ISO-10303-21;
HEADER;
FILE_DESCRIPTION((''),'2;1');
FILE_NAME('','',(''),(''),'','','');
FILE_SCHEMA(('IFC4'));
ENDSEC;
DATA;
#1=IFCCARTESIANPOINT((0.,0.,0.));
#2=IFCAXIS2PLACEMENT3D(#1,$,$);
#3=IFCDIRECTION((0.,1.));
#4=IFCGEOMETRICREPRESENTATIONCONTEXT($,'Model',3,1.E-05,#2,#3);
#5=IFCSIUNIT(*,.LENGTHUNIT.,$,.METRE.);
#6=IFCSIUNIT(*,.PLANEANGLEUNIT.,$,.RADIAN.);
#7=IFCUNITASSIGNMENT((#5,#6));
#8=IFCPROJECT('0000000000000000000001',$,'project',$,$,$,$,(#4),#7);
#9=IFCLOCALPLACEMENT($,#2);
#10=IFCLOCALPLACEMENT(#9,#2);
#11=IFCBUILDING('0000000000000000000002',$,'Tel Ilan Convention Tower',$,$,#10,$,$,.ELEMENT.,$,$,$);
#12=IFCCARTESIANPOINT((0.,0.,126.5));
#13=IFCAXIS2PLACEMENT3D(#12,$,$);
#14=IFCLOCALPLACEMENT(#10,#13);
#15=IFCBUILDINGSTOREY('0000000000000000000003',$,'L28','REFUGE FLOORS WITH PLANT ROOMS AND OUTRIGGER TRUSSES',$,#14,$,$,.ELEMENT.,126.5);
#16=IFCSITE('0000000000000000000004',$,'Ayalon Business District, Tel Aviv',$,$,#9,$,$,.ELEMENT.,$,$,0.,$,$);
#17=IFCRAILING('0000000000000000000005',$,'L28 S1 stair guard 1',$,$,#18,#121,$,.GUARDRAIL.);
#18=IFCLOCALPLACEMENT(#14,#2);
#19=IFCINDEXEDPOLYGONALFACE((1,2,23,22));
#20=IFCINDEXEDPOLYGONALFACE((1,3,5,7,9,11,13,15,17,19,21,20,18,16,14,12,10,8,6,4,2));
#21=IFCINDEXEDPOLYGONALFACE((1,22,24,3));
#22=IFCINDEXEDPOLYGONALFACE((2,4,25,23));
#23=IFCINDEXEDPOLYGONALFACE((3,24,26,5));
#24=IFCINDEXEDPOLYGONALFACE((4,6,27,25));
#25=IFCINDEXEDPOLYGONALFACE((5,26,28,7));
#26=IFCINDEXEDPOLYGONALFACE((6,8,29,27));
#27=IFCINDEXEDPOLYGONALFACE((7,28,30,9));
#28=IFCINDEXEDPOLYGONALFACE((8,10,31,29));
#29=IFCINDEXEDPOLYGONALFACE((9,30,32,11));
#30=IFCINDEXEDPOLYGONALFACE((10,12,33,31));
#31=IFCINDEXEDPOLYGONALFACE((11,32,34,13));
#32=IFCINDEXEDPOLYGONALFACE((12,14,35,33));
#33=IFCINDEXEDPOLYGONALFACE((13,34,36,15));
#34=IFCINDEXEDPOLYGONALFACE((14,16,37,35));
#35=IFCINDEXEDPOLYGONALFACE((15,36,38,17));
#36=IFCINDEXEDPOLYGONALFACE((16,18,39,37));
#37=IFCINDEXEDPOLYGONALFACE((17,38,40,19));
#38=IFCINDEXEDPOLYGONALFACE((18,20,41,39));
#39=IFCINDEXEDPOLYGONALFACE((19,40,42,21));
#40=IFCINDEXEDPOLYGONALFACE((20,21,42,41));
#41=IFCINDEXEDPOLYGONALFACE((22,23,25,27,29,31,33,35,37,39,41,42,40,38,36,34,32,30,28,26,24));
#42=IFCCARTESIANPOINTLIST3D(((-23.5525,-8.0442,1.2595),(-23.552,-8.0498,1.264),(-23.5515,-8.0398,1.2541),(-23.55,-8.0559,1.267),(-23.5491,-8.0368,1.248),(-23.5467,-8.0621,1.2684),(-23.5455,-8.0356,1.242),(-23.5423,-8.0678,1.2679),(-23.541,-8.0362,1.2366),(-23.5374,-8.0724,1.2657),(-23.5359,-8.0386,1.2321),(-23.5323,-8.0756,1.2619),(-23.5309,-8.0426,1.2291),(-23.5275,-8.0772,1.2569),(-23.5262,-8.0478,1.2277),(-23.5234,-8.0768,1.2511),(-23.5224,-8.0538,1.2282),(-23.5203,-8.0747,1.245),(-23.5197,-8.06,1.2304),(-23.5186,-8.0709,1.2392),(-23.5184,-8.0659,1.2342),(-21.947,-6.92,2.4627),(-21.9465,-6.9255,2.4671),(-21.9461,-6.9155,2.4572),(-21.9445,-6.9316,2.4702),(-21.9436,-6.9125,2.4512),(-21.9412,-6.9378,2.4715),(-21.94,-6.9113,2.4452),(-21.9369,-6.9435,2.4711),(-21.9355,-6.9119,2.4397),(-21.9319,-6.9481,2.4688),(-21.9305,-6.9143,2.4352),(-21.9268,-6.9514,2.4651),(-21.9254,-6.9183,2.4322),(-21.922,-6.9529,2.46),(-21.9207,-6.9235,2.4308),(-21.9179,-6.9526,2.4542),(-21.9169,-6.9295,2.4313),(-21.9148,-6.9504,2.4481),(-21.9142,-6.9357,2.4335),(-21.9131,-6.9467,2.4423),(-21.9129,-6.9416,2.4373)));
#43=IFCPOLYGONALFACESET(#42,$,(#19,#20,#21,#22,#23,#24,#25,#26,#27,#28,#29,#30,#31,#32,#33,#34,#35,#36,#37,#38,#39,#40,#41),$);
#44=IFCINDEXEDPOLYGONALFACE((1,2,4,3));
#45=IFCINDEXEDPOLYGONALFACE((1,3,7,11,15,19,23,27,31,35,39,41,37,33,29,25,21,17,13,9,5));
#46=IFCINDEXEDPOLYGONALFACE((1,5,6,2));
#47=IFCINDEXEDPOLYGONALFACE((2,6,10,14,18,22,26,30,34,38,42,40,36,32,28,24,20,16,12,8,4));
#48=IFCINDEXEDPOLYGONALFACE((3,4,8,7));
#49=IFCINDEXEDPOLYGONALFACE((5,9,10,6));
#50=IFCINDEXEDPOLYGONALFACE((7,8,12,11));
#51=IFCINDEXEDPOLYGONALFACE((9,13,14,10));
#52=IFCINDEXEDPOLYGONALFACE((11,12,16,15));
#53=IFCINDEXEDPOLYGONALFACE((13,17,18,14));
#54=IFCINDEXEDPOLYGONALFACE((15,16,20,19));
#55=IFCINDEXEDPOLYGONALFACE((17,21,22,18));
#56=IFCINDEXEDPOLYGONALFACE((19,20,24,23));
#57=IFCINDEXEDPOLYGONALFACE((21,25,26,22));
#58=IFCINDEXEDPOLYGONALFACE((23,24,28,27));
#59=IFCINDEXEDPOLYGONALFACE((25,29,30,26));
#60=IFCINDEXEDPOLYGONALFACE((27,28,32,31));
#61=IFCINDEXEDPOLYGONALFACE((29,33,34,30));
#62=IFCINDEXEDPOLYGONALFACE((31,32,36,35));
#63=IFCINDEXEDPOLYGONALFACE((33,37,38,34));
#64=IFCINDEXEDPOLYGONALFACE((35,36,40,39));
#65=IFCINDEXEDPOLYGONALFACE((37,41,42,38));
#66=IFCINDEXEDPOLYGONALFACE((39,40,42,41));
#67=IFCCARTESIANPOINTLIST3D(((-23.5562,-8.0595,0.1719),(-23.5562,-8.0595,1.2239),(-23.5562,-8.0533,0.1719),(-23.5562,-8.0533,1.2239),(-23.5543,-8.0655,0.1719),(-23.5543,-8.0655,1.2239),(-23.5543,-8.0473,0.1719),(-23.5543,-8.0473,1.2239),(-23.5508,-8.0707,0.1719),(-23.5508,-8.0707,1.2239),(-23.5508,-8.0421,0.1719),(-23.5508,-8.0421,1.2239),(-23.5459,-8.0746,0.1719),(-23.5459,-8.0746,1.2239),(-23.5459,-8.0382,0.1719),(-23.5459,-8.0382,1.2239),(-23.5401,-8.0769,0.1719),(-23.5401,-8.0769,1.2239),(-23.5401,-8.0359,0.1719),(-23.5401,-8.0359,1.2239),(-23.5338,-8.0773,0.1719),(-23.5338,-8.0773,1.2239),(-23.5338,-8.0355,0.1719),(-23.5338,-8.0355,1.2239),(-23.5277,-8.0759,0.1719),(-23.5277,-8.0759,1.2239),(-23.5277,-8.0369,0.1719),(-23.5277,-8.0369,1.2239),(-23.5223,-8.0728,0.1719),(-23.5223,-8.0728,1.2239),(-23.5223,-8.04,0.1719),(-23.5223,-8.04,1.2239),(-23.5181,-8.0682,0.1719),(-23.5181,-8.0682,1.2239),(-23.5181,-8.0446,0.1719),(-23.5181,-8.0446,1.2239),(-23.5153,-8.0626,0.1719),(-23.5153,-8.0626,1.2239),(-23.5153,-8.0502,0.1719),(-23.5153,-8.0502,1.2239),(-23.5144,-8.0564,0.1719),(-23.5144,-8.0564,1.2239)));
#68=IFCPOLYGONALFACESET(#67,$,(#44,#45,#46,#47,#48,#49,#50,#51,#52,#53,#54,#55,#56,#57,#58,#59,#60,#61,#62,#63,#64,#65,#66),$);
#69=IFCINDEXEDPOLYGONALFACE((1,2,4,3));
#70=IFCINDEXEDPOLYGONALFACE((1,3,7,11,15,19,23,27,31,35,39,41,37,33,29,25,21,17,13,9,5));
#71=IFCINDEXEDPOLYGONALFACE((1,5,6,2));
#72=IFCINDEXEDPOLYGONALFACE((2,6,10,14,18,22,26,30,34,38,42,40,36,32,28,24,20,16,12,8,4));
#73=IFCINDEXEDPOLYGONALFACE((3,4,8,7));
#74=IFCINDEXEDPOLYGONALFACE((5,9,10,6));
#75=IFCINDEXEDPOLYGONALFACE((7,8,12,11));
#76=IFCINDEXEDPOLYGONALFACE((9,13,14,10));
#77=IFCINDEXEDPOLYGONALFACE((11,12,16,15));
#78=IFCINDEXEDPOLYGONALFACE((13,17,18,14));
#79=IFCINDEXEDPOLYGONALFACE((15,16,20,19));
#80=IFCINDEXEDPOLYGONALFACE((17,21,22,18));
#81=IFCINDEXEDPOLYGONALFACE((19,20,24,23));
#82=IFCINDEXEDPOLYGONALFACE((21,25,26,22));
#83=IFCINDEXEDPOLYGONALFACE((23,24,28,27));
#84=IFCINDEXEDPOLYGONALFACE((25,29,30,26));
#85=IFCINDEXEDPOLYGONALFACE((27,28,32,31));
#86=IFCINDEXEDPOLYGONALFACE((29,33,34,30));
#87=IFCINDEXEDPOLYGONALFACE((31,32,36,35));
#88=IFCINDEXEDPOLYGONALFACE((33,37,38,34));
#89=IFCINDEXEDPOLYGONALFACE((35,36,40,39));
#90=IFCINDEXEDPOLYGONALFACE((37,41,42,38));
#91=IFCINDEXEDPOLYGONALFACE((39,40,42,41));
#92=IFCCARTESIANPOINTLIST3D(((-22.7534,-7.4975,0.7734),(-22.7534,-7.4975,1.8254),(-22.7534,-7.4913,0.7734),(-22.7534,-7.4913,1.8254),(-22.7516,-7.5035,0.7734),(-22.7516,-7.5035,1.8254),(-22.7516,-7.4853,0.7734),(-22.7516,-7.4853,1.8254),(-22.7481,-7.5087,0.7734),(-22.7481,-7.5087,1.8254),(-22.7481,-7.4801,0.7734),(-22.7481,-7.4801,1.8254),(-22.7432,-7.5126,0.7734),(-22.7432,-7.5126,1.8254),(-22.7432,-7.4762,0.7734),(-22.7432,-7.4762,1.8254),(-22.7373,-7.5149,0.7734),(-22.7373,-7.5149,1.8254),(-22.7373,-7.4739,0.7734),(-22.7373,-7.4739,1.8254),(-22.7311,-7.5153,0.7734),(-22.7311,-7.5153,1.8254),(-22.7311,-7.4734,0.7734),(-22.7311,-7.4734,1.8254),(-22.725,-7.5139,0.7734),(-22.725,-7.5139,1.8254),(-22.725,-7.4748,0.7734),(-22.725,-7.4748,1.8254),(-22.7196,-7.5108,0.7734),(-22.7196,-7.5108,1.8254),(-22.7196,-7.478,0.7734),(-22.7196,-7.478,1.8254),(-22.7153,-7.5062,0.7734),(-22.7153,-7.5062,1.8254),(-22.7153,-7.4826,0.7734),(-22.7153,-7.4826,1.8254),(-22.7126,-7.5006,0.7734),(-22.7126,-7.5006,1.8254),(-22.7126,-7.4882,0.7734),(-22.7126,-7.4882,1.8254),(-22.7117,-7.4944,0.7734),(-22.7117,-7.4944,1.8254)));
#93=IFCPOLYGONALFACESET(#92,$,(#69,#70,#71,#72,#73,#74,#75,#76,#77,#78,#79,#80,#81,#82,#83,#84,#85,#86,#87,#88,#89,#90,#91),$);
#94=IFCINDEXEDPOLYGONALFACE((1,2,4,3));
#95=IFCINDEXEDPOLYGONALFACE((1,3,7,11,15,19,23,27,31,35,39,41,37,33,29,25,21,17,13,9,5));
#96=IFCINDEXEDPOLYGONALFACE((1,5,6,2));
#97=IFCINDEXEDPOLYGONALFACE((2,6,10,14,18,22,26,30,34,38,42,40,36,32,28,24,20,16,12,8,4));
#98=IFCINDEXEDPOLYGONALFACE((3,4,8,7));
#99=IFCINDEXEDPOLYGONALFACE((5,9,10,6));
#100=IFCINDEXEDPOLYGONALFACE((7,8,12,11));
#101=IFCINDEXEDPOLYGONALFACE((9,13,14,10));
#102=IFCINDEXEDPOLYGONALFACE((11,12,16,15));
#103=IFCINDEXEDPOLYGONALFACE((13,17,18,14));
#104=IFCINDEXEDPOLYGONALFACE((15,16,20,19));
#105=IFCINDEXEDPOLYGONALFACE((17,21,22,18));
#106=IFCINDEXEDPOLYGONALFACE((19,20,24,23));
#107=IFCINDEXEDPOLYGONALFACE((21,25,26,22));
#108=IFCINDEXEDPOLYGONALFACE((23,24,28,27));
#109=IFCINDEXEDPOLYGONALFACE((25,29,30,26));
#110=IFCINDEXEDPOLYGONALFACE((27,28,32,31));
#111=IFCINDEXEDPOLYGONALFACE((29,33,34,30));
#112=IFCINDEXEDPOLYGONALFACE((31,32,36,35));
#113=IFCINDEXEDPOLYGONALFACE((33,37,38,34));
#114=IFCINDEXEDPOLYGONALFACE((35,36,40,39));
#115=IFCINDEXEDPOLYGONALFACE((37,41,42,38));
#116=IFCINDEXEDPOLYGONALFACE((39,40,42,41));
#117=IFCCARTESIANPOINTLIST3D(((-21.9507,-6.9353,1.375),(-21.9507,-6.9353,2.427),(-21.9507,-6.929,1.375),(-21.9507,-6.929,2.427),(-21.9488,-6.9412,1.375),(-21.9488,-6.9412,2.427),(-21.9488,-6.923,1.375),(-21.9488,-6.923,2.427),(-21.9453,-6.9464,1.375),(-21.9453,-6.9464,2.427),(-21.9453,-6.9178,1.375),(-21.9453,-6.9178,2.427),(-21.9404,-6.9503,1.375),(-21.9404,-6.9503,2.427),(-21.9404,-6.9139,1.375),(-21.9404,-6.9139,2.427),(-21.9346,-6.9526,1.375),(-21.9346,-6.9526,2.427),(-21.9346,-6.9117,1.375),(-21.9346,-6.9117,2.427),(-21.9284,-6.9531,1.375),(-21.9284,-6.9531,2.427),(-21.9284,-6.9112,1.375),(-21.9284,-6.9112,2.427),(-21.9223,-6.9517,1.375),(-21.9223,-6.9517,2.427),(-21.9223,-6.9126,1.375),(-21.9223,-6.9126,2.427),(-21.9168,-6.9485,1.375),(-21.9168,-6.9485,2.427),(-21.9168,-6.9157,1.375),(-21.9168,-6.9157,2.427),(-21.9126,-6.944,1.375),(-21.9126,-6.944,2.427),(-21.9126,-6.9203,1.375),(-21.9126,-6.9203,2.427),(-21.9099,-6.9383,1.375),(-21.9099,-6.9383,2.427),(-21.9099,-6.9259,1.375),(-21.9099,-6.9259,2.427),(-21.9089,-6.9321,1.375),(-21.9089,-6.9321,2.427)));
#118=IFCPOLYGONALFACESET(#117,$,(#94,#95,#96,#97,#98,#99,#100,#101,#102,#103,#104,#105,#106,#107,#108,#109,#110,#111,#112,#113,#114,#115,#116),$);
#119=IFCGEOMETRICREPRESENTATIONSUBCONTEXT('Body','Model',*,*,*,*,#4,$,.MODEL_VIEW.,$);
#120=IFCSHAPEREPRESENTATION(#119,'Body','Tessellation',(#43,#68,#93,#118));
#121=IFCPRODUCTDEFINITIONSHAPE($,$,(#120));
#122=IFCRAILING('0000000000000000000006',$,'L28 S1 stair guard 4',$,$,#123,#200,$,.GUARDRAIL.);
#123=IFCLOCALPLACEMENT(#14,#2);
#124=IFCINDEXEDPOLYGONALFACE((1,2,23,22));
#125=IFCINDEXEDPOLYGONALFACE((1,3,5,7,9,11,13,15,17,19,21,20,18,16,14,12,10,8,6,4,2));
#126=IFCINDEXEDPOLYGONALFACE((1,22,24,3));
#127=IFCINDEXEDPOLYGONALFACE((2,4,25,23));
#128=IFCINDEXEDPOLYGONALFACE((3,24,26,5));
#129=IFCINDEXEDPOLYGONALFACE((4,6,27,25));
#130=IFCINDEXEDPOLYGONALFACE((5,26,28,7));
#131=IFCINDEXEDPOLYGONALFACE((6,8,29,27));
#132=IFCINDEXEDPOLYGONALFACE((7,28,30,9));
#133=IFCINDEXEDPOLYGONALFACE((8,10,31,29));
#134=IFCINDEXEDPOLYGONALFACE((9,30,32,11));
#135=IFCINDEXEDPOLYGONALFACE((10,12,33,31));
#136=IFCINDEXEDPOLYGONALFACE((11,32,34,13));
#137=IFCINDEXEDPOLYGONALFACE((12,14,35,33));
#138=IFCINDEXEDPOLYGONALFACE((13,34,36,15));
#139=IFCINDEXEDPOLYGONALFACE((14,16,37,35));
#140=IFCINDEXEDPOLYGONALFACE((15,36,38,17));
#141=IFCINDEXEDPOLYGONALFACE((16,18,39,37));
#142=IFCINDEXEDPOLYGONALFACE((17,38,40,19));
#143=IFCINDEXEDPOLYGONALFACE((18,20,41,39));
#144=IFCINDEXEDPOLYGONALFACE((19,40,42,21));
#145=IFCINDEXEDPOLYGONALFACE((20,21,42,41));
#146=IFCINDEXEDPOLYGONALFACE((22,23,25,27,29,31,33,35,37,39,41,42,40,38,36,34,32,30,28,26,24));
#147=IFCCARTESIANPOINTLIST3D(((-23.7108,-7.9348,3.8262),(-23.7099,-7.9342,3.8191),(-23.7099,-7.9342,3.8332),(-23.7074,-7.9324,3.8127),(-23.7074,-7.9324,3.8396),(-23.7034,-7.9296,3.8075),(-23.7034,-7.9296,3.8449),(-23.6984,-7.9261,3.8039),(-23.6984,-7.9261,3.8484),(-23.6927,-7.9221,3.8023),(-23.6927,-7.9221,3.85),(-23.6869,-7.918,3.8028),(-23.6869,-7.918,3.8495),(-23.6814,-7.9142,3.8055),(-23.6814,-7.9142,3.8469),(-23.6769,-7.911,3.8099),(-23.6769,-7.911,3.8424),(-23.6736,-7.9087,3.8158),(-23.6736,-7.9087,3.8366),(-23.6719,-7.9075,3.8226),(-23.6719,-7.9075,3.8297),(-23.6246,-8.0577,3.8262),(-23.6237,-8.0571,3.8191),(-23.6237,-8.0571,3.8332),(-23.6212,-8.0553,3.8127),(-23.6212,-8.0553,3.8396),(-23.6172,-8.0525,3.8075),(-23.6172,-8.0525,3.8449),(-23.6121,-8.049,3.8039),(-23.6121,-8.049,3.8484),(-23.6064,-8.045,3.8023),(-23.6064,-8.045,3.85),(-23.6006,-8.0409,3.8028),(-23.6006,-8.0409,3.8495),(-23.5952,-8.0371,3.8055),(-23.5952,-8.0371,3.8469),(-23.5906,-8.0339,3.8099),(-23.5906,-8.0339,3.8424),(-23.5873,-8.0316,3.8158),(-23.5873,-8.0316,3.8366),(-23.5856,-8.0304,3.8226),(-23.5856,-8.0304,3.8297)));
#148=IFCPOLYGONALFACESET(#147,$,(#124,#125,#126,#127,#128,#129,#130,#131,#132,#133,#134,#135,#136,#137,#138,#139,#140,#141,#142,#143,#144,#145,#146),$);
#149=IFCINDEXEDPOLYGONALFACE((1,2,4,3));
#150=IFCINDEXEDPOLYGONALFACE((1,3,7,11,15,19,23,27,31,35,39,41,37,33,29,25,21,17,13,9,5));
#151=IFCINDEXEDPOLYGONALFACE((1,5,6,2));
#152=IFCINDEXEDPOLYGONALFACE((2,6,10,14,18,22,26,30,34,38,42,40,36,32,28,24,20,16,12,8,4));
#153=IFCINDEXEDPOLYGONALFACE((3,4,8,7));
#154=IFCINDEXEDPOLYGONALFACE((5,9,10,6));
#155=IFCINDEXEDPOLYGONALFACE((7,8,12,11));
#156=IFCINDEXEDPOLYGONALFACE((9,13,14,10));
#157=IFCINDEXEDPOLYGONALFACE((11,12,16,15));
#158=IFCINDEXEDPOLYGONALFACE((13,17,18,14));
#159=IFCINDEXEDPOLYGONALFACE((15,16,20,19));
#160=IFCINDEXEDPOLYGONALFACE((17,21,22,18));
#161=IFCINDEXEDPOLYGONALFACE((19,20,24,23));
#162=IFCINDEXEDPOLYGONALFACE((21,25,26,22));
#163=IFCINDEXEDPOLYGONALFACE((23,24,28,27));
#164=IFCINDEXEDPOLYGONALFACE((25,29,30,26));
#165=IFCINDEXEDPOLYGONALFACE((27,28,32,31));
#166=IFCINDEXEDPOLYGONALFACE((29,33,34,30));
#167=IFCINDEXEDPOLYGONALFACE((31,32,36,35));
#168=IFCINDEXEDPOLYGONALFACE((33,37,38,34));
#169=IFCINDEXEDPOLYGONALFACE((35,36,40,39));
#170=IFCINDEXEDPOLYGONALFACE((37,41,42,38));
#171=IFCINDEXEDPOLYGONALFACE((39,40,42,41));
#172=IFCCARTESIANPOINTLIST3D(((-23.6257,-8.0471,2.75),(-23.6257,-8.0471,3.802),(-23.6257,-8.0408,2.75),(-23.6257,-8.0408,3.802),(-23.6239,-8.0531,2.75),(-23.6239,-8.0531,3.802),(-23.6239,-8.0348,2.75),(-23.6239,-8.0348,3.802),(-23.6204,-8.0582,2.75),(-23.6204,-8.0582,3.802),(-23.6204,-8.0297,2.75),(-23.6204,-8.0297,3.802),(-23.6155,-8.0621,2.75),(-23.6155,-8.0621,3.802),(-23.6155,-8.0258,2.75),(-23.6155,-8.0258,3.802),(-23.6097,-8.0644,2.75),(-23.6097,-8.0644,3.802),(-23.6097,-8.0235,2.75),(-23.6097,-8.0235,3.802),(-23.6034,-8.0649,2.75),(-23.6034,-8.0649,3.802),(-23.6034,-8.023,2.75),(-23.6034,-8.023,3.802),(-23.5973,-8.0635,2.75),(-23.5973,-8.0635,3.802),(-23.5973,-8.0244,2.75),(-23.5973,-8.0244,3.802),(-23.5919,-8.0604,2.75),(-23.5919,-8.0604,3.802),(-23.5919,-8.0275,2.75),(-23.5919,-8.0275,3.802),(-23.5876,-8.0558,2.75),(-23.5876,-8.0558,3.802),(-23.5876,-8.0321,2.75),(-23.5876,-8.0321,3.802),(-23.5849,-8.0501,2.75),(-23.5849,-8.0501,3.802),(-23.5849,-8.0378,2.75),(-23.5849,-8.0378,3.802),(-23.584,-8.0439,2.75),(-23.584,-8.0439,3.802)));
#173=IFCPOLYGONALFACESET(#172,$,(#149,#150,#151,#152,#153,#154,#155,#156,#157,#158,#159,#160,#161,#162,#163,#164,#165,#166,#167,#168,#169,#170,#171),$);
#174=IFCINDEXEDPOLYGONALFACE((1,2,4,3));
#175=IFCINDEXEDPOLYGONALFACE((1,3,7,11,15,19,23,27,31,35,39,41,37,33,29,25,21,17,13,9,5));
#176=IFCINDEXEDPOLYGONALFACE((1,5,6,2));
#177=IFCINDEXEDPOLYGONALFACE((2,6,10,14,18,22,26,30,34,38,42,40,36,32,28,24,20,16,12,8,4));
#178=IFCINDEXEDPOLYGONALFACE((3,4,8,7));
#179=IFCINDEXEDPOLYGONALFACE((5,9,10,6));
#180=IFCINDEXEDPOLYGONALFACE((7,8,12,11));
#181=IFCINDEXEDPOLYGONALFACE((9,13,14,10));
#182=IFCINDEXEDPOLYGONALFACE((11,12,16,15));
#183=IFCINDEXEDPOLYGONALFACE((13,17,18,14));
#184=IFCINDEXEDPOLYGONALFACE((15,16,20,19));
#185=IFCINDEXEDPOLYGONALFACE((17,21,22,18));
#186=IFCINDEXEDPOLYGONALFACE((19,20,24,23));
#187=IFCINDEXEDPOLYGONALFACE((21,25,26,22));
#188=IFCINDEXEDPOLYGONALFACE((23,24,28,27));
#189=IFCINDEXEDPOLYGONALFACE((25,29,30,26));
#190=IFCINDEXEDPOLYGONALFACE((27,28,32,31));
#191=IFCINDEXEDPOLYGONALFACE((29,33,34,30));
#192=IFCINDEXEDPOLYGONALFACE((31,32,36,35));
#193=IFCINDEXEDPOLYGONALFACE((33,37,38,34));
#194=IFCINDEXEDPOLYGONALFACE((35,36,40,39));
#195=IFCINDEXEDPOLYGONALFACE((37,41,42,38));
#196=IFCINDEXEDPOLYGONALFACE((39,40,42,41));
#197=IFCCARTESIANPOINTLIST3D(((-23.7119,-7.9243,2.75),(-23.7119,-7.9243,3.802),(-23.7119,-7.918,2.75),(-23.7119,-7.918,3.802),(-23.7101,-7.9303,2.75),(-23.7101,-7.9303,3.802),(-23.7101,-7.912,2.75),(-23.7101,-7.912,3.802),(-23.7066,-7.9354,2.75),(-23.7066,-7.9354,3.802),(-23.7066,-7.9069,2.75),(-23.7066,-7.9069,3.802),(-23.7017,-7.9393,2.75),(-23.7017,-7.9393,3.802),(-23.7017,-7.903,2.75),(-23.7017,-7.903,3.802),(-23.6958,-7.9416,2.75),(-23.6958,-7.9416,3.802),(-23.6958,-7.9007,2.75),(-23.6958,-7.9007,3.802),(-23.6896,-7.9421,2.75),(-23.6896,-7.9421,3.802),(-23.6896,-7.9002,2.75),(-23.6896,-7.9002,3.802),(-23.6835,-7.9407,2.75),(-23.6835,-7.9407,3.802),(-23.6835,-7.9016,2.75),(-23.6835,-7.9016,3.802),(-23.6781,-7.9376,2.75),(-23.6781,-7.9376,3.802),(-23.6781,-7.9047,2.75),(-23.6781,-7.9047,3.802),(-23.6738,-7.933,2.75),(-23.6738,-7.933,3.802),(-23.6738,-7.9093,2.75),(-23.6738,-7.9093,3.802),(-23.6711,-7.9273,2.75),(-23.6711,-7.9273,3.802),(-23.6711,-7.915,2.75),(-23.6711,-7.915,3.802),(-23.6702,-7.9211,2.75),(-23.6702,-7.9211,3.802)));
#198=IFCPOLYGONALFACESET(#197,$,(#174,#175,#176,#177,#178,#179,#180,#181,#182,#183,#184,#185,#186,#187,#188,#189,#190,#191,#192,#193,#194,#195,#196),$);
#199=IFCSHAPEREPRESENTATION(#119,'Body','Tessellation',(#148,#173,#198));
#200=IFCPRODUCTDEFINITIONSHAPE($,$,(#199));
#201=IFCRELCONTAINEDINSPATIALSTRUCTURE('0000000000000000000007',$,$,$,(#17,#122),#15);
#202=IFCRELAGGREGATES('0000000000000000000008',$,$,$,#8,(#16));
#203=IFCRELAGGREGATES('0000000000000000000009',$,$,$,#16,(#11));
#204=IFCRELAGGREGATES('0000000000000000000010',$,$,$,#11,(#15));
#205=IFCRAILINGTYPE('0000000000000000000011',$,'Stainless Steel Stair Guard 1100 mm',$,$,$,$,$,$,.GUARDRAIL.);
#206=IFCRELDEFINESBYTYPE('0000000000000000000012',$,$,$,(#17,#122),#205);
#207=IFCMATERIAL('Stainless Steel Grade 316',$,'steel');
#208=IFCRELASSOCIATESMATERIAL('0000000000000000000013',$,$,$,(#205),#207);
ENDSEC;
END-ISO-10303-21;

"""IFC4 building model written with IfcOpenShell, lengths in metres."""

from ifc_helpers import new_model, si_unit, direction, frame, origin, origin_2d, place, context, subcontext, project, spatial, circle, extrude, material, type_object, element, save


model = new_model("IFC4")

# Units and contexts
model_context = context("Model", 3, precision=1e-05, world=origin(), true_north=direction((0.0, 1.0)))
body_context = subcontext(model_context, "Body", "Model", "MODEL_VIEW")
ifc_project = project(units=[si_unit("LENGTHUNIT", "METRE"), si_unit("PLANEANGLEUNIT", "RADIAN")], contexts=[model_context])

# Site, building, storey
site_placement = place(None, origin())
site = spatial("IfcSite", under=ifc_project, at=site_placement, Name="Ayalon Business District, Tel Aviv", CompositionType="ELEMENT", RefElevation=0.0)
building_placement = place(site_placement, origin())
building = spatial("IfcBuilding", under=site, at=building_placement, Name="Tel Ilan Convention Tower", CompositionType="ELEMENT")
storey_placement = place(building_placement, frame((0.0, 0.0, 126.5)))
storey = spatial("IfcBuildingStorey", under=building, at=storey_placement, Name="L28", Description="REFUGE FLOORS WITH PLANT ROOMS AND OUTRIGGER TRUSSES", CompositionType="ELEMENT", Elevation=126.5)

# Railings
ifc_material_1 = material(Name="Stainless Steel Grade 316", Category="steel")
railing_type_1 = type_object("IfcRailingType", Name="Stainless Steel Stair Guard 1100 mm", PredefinedType="GUARDRAIL", material=ifc_material_1)
railing_1_placement = place(storey_placement, frame((-23.5354, -8.0564, 0.1719)))
element("IfcRailing", 1, at=railing_1_placement, inside=storey, type_object=railing_type_1, Name="L28 S1 stair guard 1", PredefinedType="GUARDRAIL", context=body_context, shape_type="SweptSolid", body=[
    extrude(circle(Radius=0.0239, at=origin_2d()), frame((0.0, 0.0, 1.0762), z_axis=(0.698095, 0.488857, 0.523146), x_axis=(-0.573613, 0.819127, 0.0)), (0.0, 0.0, 1.0), 2.2998),
    extrude(circle(Radius=0.021, at=origin_2d()), origin(), (0.0, 0.0, 1.0), 1.052),
    extrude(circle(Radius=0.021, at=origin_2d()), frame((0.8027, 0.562, 0.6016)), (0.0, 0.0, 1.0), 1.052),
    extrude(circle(Radius=0.021, at=origin_2d()), frame((1.6055, 1.1243, 1.2031)), (0.0, 0.0, 1.0), 1.052),
])
railing_2_placement = place(storey_placement, frame((-23.605, -8.0439, 2.75)))
element("IfcRailing", 2, at=railing_2_placement, inside=storey, type_object=railing_type_1, Name="L28 S1 stair guard 4", PredefinedType="GUARDRAIL", context=body_context, shape_type="SweptSolid", body=[
    extrude(circle(Radius=0.0239, at=origin_2d()), frame((0.0, 0.0, 1.0762), z_axis=(-0.574445, 0.818543, 0.0), x_axis=(-0.818543, -0.574445, 0.0)), (0.0, 0.0, 1.0), 0.1501),
    extrude(circle(Radius=0.021, at=origin_2d()), origin(), (0.0, 0.0, 1.0), 1.052),
    extrude(circle(Radius=0.021, at=origin_2d()), frame((-0.0862, 0.1228, 0.0)), (0.0, 0.0, 1.0), 1.052),
])

save(model, "model.ifc")
